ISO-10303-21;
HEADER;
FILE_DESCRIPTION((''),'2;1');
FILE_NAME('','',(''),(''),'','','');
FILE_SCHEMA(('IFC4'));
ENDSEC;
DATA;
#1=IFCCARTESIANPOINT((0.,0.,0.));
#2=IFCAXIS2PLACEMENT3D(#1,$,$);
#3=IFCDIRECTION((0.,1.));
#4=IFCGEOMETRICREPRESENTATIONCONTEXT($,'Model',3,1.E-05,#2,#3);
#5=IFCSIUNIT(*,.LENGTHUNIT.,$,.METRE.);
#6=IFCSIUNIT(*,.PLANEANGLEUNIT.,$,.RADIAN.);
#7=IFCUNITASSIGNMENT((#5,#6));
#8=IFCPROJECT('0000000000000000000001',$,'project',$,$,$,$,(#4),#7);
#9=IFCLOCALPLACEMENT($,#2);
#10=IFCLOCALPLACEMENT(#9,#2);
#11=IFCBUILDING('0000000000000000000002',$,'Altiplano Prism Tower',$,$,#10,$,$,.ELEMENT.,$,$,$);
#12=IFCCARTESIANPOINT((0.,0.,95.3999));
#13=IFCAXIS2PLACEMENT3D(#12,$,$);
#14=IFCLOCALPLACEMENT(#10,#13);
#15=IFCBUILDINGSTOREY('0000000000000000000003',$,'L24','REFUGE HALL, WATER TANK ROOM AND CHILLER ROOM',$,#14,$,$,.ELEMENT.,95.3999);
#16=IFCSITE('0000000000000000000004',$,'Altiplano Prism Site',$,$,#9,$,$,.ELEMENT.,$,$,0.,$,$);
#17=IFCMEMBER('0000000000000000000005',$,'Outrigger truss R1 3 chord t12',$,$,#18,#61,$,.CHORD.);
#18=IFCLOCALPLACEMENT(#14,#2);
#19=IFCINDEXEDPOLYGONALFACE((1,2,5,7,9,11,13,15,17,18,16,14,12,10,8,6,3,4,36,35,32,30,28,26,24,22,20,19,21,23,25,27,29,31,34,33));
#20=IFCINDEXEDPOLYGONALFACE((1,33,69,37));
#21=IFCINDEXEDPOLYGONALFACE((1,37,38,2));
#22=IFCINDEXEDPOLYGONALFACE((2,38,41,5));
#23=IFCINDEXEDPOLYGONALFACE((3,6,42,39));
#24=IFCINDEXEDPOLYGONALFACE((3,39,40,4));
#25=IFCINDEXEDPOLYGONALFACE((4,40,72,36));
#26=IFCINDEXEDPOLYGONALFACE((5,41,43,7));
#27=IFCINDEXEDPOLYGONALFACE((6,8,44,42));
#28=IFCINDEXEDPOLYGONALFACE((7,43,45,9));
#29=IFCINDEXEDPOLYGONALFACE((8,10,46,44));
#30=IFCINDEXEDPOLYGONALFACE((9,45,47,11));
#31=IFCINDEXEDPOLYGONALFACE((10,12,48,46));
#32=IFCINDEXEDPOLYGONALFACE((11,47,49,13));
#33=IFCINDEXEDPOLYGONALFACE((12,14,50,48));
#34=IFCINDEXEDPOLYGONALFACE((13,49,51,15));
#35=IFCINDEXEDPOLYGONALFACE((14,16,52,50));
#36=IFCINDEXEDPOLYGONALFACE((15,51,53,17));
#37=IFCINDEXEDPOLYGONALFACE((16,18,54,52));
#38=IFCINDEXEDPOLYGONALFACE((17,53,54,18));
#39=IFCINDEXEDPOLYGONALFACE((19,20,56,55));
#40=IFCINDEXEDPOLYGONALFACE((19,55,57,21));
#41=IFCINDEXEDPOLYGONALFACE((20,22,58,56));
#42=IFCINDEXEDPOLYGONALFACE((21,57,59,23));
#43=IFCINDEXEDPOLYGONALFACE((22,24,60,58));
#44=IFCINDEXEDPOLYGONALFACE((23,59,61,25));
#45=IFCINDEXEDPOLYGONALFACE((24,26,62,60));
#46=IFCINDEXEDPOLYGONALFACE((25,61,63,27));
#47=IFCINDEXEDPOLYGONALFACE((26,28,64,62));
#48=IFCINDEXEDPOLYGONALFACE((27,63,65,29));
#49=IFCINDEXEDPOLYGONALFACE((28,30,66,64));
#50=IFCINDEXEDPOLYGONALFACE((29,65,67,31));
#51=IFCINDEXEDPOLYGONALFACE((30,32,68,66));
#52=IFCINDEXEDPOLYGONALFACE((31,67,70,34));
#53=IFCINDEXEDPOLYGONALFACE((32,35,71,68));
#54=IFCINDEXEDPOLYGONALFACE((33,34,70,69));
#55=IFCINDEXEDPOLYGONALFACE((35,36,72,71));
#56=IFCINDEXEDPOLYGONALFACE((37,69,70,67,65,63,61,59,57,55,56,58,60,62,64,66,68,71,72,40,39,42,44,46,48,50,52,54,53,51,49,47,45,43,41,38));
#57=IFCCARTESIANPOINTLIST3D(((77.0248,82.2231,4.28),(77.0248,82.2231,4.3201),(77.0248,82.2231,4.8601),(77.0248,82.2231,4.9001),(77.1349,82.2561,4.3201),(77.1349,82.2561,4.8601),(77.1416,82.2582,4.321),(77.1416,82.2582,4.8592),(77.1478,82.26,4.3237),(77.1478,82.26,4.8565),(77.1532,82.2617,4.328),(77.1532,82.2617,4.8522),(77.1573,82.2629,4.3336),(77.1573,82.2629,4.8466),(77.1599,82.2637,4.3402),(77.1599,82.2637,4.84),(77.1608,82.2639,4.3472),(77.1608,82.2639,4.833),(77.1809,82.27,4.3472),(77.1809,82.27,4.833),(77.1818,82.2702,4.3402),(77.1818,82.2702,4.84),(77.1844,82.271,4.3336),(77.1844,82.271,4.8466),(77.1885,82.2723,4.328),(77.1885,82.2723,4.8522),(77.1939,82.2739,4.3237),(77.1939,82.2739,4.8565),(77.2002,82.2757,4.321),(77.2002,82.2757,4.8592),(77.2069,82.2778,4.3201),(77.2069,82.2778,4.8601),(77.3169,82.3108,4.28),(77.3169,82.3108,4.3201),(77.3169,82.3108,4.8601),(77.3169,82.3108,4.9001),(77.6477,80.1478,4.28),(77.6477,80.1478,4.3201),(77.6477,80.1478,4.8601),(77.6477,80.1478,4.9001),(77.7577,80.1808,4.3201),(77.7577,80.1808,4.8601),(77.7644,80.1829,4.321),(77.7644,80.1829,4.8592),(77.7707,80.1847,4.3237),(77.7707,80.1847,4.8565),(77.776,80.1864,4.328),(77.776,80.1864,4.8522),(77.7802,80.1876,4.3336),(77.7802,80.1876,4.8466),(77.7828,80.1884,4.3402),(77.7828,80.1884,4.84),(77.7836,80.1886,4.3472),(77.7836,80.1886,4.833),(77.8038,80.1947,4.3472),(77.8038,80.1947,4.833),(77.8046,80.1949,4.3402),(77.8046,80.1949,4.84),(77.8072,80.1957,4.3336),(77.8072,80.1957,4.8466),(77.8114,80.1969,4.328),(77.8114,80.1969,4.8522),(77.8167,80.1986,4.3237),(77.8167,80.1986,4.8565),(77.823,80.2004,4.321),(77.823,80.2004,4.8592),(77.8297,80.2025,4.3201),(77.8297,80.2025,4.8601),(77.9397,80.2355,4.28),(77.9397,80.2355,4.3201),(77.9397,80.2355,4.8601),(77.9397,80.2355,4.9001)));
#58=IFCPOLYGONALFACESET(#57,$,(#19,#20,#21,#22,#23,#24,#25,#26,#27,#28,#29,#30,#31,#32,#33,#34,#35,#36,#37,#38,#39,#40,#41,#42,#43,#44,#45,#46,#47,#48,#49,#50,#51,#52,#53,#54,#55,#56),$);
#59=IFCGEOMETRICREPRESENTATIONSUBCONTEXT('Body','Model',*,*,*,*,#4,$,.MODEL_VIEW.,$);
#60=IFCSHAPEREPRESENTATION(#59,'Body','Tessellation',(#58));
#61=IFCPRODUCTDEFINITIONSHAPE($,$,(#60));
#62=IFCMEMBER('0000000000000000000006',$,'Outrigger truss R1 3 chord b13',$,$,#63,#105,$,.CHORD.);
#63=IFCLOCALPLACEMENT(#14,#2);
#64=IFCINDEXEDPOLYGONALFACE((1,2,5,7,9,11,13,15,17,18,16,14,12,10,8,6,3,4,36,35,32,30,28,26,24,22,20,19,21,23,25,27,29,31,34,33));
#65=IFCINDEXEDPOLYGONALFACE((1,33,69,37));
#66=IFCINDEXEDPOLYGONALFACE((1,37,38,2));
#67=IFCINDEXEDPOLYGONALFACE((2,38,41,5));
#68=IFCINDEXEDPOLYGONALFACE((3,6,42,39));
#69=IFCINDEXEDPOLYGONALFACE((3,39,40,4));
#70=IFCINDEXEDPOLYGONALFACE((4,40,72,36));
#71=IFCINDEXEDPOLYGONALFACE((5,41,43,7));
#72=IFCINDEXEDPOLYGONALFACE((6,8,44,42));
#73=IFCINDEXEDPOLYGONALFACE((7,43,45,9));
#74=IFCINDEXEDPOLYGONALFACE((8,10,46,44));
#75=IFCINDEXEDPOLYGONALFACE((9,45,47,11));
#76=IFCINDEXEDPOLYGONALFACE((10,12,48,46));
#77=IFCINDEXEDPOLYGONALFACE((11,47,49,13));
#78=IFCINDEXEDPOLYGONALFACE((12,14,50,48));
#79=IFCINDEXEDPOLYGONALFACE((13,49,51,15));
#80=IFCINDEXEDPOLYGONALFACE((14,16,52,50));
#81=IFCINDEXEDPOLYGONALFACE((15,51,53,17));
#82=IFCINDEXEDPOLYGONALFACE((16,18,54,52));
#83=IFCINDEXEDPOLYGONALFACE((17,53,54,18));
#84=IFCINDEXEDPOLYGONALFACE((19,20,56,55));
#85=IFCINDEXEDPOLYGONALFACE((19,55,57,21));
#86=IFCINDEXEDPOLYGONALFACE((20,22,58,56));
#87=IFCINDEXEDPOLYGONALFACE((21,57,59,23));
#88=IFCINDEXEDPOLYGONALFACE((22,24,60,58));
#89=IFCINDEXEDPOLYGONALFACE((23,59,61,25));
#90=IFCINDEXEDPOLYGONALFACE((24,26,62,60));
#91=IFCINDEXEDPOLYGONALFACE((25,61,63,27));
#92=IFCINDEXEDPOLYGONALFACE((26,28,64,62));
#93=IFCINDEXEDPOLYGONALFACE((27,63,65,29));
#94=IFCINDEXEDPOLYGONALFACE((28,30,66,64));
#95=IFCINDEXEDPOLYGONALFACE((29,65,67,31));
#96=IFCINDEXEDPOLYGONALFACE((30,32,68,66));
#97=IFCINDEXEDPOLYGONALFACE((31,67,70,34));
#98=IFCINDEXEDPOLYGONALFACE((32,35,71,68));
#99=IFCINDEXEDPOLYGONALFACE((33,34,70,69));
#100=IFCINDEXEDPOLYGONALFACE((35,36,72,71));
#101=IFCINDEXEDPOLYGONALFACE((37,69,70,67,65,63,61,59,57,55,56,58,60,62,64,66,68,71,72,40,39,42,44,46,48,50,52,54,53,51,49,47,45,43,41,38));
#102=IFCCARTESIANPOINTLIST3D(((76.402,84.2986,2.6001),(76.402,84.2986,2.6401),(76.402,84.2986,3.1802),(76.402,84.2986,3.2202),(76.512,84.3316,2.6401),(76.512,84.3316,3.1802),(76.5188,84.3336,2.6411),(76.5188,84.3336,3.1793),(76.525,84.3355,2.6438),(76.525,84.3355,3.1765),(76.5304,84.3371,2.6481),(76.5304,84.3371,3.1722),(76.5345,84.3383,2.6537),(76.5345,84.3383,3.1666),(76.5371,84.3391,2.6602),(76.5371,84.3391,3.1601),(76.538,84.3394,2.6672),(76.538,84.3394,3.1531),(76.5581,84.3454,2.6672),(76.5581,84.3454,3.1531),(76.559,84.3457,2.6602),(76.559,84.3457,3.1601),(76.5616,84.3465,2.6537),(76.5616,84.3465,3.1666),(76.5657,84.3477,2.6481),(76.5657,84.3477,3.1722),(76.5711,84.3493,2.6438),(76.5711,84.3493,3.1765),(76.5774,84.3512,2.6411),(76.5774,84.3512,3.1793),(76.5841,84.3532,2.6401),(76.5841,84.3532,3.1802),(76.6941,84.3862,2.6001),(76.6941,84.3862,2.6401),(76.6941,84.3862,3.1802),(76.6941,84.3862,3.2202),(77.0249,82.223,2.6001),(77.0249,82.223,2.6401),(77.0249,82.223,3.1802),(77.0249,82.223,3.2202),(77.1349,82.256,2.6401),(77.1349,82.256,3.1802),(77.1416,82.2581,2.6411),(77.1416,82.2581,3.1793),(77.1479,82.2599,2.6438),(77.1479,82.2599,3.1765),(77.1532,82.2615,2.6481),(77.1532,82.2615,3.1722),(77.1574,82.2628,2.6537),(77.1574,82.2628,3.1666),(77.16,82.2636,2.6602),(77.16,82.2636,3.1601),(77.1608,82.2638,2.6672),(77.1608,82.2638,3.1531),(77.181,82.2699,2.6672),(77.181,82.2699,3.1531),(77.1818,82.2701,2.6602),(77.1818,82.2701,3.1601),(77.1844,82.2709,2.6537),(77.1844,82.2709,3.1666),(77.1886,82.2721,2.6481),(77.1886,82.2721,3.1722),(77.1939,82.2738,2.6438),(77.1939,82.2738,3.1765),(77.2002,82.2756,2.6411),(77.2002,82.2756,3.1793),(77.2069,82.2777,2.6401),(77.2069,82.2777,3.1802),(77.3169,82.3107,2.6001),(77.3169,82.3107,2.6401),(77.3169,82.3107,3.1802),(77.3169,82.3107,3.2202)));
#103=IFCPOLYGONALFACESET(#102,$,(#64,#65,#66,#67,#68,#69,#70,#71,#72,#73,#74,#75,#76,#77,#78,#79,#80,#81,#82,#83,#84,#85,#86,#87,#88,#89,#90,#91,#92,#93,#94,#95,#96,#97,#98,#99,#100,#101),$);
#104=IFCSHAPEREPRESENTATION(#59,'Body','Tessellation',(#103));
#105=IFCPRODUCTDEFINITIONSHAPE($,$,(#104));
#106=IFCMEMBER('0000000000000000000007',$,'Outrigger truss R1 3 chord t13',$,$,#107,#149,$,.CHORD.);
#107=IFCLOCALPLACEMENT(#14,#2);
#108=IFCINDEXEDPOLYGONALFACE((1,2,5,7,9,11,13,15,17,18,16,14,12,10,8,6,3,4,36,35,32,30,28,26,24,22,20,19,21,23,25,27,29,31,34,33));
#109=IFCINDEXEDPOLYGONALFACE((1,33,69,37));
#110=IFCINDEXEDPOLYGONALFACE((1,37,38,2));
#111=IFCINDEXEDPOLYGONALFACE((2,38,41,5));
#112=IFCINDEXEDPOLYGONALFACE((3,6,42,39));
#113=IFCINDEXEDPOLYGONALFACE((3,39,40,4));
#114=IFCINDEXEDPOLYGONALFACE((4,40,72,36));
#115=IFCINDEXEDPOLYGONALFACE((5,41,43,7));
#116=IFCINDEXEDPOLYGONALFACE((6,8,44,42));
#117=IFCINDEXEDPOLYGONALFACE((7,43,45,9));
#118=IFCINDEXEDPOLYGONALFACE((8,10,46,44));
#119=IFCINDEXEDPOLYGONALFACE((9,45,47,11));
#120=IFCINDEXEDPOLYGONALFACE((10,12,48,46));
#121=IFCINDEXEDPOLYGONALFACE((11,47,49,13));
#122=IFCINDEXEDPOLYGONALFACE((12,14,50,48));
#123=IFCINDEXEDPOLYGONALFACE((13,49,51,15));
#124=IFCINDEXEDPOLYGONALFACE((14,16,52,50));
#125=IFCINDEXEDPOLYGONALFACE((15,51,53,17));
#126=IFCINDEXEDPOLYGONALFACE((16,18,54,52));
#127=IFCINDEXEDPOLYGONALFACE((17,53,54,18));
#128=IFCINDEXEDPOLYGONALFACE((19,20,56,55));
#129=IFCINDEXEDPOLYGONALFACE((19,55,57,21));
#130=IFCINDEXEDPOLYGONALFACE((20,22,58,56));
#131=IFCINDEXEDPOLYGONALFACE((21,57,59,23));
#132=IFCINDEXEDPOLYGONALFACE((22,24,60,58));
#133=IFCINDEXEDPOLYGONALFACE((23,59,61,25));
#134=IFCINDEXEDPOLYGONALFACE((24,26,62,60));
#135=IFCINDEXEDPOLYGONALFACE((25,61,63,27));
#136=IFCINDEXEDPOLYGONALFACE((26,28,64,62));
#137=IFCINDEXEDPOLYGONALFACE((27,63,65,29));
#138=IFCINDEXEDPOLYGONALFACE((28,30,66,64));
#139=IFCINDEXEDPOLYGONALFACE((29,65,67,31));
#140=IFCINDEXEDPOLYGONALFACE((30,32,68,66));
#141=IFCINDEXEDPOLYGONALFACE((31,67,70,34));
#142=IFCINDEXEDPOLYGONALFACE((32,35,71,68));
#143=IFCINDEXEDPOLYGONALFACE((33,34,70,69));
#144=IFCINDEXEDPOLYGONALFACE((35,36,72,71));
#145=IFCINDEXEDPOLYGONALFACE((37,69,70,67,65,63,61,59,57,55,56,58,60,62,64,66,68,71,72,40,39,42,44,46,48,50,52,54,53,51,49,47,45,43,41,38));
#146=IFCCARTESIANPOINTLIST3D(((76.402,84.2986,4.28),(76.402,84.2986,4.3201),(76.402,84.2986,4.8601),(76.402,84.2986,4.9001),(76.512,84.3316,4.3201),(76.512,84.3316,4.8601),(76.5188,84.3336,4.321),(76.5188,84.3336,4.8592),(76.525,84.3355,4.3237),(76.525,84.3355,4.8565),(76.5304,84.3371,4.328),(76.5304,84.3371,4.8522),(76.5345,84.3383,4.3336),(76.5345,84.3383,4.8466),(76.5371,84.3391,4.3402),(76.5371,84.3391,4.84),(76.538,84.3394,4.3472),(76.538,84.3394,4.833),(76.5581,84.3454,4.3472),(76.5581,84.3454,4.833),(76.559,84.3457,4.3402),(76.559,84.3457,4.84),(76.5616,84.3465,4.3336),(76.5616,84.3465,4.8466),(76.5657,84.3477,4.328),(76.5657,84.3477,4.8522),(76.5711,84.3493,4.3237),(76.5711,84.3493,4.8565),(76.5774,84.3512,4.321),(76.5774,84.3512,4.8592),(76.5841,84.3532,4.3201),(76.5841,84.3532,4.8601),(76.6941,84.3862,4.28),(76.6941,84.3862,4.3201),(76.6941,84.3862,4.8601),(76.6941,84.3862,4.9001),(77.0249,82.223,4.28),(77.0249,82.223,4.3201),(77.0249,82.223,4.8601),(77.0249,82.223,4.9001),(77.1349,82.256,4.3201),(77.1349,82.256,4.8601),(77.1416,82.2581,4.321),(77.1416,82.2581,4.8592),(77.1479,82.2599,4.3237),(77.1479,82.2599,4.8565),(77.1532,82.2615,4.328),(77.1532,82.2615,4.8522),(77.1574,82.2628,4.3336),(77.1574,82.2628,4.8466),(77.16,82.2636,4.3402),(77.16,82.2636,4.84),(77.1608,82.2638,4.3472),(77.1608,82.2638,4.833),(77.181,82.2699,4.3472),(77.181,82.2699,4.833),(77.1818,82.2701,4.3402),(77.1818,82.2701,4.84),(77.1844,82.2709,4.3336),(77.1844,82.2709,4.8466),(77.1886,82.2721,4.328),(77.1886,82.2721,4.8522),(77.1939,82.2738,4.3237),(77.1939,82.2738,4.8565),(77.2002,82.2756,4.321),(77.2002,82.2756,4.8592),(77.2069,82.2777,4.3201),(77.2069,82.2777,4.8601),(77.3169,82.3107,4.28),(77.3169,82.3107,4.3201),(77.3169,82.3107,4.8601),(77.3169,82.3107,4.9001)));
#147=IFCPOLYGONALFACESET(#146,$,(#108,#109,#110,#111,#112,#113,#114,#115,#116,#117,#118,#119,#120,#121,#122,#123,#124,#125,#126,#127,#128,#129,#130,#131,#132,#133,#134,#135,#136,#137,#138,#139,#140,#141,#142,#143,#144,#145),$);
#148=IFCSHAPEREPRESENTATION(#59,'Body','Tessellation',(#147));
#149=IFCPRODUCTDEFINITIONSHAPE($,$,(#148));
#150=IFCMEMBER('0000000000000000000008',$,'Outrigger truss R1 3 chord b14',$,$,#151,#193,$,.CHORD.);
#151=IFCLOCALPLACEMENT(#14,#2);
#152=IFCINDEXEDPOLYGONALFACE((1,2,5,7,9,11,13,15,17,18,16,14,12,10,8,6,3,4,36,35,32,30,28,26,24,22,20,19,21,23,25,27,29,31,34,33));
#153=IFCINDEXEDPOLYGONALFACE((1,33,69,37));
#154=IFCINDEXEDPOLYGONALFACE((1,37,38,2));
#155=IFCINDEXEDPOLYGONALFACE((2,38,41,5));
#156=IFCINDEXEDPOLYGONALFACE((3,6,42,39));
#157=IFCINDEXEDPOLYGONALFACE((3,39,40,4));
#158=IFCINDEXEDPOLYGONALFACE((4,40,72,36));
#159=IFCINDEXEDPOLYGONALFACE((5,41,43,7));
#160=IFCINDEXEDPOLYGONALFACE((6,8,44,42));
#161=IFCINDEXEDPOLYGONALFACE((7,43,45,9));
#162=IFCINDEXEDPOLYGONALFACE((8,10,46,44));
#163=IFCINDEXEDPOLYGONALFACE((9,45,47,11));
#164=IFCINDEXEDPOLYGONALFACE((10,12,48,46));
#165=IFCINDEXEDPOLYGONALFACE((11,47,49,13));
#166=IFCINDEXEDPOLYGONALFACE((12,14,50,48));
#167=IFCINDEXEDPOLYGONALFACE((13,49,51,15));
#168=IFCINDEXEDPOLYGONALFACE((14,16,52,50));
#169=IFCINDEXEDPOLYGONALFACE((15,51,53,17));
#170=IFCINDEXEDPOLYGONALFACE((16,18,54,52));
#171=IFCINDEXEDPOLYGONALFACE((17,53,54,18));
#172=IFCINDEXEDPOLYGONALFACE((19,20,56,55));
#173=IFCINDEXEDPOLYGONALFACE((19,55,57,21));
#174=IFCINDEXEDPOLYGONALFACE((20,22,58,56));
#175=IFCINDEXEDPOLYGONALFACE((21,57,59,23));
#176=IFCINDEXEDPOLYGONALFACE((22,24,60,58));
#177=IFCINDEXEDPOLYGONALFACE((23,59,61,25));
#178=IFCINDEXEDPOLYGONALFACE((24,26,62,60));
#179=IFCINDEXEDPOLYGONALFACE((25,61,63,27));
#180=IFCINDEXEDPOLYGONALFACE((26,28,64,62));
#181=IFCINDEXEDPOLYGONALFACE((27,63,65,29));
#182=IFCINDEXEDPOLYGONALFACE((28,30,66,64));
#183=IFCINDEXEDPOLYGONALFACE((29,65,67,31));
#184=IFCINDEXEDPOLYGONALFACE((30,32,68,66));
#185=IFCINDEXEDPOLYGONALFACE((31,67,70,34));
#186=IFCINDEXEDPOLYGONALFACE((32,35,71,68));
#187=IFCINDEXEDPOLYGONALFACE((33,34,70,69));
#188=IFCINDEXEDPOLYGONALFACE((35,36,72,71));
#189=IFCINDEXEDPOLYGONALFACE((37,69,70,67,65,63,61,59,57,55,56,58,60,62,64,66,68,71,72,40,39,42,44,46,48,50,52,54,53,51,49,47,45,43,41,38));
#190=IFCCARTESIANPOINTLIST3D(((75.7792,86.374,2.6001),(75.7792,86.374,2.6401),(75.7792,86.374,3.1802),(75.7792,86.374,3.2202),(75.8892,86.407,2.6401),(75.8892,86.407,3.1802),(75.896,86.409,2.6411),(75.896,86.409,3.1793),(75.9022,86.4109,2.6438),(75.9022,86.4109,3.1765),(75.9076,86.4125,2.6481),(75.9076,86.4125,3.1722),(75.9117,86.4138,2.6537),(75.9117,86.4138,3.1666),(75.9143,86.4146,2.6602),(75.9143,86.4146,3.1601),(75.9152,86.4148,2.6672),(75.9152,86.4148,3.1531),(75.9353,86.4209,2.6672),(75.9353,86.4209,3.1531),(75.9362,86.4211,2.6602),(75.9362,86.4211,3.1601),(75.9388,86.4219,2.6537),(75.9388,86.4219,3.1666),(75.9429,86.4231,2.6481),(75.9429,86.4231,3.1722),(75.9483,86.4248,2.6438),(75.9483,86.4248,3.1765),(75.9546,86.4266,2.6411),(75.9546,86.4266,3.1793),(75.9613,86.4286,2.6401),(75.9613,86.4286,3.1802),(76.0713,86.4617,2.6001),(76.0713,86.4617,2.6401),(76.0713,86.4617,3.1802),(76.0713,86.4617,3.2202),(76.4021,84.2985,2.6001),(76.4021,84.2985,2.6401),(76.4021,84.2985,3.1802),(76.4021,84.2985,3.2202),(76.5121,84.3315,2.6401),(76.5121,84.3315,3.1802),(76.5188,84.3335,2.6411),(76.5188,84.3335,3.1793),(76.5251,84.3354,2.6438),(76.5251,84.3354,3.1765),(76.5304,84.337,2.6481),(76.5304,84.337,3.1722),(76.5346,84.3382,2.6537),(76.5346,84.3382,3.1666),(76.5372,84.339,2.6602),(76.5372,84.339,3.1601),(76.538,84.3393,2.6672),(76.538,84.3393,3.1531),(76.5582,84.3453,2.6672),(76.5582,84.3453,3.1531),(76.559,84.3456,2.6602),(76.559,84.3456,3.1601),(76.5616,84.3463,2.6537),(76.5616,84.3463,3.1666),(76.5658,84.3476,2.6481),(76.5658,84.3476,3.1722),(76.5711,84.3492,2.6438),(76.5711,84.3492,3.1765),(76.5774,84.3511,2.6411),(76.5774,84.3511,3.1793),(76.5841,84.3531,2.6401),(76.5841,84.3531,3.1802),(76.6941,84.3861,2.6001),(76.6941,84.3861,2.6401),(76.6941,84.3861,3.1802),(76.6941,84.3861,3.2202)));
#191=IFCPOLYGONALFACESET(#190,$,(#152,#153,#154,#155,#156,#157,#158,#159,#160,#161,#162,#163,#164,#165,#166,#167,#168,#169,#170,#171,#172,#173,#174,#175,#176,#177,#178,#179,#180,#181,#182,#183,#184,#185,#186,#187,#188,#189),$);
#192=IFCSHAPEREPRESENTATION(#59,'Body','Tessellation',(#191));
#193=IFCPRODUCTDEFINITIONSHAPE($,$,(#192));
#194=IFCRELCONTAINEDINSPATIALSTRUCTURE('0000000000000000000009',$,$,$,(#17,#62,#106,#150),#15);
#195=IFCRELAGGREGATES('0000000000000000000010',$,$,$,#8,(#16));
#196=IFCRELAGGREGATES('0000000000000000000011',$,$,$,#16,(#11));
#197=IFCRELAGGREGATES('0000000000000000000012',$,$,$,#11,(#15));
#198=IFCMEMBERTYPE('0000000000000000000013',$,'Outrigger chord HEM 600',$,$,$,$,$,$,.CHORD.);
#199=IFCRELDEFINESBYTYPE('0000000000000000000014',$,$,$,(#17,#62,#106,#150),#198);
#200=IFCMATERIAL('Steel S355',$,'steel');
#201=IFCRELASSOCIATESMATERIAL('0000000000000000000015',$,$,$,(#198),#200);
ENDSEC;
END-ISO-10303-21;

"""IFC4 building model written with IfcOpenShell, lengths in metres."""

from ifc_helpers import new_model, si_unit, direction, frame, origin, origin_2d, place, context, subcontext, project, spatial, i_section, extrude, material, material_profile, profile_set, type_object, element, save


model = new_model("IFC4")

# Units and contexts
model_context = context("Model", 3, precision=1e-05, world=origin(), true_north=direction((0.0, 1.0)))
body_context = subcontext(model_context, "Body", "Model", "MODEL_VIEW")
ifc_project = project(units=[si_unit("LENGTHUNIT", "METRE"), si_unit("PLANEANGLEUNIT", "RADIAN")], contexts=[model_context])

# Site, building, storey
site_placement = place(None, origin())
site = spatial("IfcSite", under=ifc_project, at=site_placement, Name="Altiplano Prism Site", CompositionType="ELEMENT", RefElevation=0.0)
building_placement = place(site_placement, origin())
building = spatial("IfcBuilding", under=site, at=building_placement, Name="Altiplano Prism Tower", CompositionType="ELEMENT")
storey_placement = place(building_placement, frame((0.0, 0.0, 95.3999)))
storey = spatial("IfcBuildingStorey", under=building, at=storey_placement, Name="L24", Description="REFUGE HALL, WATER TANK ROOM AND CHILLER ROOM", CompositionType="ELEMENT", Elevation=95.3999)

# Members
ifc_material_1 = material(Name="Steel S355", Category="steel")
ifc_material_profile_1 = material_profile(ifc_material_1, i_section(OverallWidth=0.3049, OverallDepth=0.6201, WebThickness=0.021, FlangeThickness=0.04, FilletRadius=0.0271, at=origin_2d()), Name="Outrigger chord HEM 600")
ifc_profile_set_1 = profile_set([ifc_material_profile_1], Name="Steel S355")
member_type_1 = type_object("IfcMemberType", Name="Outrigger chord HEM 600", PredefinedType="CHORD", material=ifc_profile_set_1)
for number, where, z_axis, x_axis, name in (
    (1, (77.7937, 80.1917, 4.5901), (-0.287451, 0.957795, 0.0), (-0.957795, -0.287451, 0.0), "Outrigger truss R1 3 chord t12"),
):
    element("IfcMember", number, at=place(storey_placement, frame(where, z_axis=z_axis, x_axis=x_axis)), inside=storey, type_object=member_type_1, Name=name, PredefinedType="CHORD", context=body_context, shape_type="SweptSolid", body=[
        extrude(i_section(OverallWidth=0.3049, OverallDepth=0.6201, WebThickness=0.021, FlangeThickness=0.04, FilletRadius=0.0271, at=origin_2d()), origin(), (0.0, 0.0, 1.0), 2.1667),
    ])
for number, where, z_axis, x_axis, name in (
    (2, (77.1709, 82.2668, 2.9102), (-0.28742, 0.957805, 0.0), (-0.957805, -0.28742, 0.0), "Outrigger truss R1 3 chord b13"),
    (3, (77.1709, 82.2668, 4.5901), (-0.28742, 0.957805, 0.0), (-0.957805, -0.28742, 0.0), "Outrigger truss R1 3 chord t13"),
    (4, (76.5481, 84.3423, 2.9102), (-0.28742, 0.957805, 0.0), (-0.957805, -0.28742, 0.0), "Outrigger truss R1 3 chord b14"),
):
    element("IfcMember", number, at=place(storey_placement, frame(where, z_axis=z_axis, x_axis=x_axis)), inside=storey, type_object=member_type_1, Name=name, PredefinedType="CHORD", context=body_context, shape_type="SweptSolid", body=[
        extrude(i_section(OverallWidth=0.3049, OverallDepth=0.6201, WebThickness=0.021, FlangeThickness=0.04, FilletRadius=0.0271, at=origin_2d()), origin(), (0.0, 0.0, 1.0), 2.167),
    ])

save(model, "model.ifc")
